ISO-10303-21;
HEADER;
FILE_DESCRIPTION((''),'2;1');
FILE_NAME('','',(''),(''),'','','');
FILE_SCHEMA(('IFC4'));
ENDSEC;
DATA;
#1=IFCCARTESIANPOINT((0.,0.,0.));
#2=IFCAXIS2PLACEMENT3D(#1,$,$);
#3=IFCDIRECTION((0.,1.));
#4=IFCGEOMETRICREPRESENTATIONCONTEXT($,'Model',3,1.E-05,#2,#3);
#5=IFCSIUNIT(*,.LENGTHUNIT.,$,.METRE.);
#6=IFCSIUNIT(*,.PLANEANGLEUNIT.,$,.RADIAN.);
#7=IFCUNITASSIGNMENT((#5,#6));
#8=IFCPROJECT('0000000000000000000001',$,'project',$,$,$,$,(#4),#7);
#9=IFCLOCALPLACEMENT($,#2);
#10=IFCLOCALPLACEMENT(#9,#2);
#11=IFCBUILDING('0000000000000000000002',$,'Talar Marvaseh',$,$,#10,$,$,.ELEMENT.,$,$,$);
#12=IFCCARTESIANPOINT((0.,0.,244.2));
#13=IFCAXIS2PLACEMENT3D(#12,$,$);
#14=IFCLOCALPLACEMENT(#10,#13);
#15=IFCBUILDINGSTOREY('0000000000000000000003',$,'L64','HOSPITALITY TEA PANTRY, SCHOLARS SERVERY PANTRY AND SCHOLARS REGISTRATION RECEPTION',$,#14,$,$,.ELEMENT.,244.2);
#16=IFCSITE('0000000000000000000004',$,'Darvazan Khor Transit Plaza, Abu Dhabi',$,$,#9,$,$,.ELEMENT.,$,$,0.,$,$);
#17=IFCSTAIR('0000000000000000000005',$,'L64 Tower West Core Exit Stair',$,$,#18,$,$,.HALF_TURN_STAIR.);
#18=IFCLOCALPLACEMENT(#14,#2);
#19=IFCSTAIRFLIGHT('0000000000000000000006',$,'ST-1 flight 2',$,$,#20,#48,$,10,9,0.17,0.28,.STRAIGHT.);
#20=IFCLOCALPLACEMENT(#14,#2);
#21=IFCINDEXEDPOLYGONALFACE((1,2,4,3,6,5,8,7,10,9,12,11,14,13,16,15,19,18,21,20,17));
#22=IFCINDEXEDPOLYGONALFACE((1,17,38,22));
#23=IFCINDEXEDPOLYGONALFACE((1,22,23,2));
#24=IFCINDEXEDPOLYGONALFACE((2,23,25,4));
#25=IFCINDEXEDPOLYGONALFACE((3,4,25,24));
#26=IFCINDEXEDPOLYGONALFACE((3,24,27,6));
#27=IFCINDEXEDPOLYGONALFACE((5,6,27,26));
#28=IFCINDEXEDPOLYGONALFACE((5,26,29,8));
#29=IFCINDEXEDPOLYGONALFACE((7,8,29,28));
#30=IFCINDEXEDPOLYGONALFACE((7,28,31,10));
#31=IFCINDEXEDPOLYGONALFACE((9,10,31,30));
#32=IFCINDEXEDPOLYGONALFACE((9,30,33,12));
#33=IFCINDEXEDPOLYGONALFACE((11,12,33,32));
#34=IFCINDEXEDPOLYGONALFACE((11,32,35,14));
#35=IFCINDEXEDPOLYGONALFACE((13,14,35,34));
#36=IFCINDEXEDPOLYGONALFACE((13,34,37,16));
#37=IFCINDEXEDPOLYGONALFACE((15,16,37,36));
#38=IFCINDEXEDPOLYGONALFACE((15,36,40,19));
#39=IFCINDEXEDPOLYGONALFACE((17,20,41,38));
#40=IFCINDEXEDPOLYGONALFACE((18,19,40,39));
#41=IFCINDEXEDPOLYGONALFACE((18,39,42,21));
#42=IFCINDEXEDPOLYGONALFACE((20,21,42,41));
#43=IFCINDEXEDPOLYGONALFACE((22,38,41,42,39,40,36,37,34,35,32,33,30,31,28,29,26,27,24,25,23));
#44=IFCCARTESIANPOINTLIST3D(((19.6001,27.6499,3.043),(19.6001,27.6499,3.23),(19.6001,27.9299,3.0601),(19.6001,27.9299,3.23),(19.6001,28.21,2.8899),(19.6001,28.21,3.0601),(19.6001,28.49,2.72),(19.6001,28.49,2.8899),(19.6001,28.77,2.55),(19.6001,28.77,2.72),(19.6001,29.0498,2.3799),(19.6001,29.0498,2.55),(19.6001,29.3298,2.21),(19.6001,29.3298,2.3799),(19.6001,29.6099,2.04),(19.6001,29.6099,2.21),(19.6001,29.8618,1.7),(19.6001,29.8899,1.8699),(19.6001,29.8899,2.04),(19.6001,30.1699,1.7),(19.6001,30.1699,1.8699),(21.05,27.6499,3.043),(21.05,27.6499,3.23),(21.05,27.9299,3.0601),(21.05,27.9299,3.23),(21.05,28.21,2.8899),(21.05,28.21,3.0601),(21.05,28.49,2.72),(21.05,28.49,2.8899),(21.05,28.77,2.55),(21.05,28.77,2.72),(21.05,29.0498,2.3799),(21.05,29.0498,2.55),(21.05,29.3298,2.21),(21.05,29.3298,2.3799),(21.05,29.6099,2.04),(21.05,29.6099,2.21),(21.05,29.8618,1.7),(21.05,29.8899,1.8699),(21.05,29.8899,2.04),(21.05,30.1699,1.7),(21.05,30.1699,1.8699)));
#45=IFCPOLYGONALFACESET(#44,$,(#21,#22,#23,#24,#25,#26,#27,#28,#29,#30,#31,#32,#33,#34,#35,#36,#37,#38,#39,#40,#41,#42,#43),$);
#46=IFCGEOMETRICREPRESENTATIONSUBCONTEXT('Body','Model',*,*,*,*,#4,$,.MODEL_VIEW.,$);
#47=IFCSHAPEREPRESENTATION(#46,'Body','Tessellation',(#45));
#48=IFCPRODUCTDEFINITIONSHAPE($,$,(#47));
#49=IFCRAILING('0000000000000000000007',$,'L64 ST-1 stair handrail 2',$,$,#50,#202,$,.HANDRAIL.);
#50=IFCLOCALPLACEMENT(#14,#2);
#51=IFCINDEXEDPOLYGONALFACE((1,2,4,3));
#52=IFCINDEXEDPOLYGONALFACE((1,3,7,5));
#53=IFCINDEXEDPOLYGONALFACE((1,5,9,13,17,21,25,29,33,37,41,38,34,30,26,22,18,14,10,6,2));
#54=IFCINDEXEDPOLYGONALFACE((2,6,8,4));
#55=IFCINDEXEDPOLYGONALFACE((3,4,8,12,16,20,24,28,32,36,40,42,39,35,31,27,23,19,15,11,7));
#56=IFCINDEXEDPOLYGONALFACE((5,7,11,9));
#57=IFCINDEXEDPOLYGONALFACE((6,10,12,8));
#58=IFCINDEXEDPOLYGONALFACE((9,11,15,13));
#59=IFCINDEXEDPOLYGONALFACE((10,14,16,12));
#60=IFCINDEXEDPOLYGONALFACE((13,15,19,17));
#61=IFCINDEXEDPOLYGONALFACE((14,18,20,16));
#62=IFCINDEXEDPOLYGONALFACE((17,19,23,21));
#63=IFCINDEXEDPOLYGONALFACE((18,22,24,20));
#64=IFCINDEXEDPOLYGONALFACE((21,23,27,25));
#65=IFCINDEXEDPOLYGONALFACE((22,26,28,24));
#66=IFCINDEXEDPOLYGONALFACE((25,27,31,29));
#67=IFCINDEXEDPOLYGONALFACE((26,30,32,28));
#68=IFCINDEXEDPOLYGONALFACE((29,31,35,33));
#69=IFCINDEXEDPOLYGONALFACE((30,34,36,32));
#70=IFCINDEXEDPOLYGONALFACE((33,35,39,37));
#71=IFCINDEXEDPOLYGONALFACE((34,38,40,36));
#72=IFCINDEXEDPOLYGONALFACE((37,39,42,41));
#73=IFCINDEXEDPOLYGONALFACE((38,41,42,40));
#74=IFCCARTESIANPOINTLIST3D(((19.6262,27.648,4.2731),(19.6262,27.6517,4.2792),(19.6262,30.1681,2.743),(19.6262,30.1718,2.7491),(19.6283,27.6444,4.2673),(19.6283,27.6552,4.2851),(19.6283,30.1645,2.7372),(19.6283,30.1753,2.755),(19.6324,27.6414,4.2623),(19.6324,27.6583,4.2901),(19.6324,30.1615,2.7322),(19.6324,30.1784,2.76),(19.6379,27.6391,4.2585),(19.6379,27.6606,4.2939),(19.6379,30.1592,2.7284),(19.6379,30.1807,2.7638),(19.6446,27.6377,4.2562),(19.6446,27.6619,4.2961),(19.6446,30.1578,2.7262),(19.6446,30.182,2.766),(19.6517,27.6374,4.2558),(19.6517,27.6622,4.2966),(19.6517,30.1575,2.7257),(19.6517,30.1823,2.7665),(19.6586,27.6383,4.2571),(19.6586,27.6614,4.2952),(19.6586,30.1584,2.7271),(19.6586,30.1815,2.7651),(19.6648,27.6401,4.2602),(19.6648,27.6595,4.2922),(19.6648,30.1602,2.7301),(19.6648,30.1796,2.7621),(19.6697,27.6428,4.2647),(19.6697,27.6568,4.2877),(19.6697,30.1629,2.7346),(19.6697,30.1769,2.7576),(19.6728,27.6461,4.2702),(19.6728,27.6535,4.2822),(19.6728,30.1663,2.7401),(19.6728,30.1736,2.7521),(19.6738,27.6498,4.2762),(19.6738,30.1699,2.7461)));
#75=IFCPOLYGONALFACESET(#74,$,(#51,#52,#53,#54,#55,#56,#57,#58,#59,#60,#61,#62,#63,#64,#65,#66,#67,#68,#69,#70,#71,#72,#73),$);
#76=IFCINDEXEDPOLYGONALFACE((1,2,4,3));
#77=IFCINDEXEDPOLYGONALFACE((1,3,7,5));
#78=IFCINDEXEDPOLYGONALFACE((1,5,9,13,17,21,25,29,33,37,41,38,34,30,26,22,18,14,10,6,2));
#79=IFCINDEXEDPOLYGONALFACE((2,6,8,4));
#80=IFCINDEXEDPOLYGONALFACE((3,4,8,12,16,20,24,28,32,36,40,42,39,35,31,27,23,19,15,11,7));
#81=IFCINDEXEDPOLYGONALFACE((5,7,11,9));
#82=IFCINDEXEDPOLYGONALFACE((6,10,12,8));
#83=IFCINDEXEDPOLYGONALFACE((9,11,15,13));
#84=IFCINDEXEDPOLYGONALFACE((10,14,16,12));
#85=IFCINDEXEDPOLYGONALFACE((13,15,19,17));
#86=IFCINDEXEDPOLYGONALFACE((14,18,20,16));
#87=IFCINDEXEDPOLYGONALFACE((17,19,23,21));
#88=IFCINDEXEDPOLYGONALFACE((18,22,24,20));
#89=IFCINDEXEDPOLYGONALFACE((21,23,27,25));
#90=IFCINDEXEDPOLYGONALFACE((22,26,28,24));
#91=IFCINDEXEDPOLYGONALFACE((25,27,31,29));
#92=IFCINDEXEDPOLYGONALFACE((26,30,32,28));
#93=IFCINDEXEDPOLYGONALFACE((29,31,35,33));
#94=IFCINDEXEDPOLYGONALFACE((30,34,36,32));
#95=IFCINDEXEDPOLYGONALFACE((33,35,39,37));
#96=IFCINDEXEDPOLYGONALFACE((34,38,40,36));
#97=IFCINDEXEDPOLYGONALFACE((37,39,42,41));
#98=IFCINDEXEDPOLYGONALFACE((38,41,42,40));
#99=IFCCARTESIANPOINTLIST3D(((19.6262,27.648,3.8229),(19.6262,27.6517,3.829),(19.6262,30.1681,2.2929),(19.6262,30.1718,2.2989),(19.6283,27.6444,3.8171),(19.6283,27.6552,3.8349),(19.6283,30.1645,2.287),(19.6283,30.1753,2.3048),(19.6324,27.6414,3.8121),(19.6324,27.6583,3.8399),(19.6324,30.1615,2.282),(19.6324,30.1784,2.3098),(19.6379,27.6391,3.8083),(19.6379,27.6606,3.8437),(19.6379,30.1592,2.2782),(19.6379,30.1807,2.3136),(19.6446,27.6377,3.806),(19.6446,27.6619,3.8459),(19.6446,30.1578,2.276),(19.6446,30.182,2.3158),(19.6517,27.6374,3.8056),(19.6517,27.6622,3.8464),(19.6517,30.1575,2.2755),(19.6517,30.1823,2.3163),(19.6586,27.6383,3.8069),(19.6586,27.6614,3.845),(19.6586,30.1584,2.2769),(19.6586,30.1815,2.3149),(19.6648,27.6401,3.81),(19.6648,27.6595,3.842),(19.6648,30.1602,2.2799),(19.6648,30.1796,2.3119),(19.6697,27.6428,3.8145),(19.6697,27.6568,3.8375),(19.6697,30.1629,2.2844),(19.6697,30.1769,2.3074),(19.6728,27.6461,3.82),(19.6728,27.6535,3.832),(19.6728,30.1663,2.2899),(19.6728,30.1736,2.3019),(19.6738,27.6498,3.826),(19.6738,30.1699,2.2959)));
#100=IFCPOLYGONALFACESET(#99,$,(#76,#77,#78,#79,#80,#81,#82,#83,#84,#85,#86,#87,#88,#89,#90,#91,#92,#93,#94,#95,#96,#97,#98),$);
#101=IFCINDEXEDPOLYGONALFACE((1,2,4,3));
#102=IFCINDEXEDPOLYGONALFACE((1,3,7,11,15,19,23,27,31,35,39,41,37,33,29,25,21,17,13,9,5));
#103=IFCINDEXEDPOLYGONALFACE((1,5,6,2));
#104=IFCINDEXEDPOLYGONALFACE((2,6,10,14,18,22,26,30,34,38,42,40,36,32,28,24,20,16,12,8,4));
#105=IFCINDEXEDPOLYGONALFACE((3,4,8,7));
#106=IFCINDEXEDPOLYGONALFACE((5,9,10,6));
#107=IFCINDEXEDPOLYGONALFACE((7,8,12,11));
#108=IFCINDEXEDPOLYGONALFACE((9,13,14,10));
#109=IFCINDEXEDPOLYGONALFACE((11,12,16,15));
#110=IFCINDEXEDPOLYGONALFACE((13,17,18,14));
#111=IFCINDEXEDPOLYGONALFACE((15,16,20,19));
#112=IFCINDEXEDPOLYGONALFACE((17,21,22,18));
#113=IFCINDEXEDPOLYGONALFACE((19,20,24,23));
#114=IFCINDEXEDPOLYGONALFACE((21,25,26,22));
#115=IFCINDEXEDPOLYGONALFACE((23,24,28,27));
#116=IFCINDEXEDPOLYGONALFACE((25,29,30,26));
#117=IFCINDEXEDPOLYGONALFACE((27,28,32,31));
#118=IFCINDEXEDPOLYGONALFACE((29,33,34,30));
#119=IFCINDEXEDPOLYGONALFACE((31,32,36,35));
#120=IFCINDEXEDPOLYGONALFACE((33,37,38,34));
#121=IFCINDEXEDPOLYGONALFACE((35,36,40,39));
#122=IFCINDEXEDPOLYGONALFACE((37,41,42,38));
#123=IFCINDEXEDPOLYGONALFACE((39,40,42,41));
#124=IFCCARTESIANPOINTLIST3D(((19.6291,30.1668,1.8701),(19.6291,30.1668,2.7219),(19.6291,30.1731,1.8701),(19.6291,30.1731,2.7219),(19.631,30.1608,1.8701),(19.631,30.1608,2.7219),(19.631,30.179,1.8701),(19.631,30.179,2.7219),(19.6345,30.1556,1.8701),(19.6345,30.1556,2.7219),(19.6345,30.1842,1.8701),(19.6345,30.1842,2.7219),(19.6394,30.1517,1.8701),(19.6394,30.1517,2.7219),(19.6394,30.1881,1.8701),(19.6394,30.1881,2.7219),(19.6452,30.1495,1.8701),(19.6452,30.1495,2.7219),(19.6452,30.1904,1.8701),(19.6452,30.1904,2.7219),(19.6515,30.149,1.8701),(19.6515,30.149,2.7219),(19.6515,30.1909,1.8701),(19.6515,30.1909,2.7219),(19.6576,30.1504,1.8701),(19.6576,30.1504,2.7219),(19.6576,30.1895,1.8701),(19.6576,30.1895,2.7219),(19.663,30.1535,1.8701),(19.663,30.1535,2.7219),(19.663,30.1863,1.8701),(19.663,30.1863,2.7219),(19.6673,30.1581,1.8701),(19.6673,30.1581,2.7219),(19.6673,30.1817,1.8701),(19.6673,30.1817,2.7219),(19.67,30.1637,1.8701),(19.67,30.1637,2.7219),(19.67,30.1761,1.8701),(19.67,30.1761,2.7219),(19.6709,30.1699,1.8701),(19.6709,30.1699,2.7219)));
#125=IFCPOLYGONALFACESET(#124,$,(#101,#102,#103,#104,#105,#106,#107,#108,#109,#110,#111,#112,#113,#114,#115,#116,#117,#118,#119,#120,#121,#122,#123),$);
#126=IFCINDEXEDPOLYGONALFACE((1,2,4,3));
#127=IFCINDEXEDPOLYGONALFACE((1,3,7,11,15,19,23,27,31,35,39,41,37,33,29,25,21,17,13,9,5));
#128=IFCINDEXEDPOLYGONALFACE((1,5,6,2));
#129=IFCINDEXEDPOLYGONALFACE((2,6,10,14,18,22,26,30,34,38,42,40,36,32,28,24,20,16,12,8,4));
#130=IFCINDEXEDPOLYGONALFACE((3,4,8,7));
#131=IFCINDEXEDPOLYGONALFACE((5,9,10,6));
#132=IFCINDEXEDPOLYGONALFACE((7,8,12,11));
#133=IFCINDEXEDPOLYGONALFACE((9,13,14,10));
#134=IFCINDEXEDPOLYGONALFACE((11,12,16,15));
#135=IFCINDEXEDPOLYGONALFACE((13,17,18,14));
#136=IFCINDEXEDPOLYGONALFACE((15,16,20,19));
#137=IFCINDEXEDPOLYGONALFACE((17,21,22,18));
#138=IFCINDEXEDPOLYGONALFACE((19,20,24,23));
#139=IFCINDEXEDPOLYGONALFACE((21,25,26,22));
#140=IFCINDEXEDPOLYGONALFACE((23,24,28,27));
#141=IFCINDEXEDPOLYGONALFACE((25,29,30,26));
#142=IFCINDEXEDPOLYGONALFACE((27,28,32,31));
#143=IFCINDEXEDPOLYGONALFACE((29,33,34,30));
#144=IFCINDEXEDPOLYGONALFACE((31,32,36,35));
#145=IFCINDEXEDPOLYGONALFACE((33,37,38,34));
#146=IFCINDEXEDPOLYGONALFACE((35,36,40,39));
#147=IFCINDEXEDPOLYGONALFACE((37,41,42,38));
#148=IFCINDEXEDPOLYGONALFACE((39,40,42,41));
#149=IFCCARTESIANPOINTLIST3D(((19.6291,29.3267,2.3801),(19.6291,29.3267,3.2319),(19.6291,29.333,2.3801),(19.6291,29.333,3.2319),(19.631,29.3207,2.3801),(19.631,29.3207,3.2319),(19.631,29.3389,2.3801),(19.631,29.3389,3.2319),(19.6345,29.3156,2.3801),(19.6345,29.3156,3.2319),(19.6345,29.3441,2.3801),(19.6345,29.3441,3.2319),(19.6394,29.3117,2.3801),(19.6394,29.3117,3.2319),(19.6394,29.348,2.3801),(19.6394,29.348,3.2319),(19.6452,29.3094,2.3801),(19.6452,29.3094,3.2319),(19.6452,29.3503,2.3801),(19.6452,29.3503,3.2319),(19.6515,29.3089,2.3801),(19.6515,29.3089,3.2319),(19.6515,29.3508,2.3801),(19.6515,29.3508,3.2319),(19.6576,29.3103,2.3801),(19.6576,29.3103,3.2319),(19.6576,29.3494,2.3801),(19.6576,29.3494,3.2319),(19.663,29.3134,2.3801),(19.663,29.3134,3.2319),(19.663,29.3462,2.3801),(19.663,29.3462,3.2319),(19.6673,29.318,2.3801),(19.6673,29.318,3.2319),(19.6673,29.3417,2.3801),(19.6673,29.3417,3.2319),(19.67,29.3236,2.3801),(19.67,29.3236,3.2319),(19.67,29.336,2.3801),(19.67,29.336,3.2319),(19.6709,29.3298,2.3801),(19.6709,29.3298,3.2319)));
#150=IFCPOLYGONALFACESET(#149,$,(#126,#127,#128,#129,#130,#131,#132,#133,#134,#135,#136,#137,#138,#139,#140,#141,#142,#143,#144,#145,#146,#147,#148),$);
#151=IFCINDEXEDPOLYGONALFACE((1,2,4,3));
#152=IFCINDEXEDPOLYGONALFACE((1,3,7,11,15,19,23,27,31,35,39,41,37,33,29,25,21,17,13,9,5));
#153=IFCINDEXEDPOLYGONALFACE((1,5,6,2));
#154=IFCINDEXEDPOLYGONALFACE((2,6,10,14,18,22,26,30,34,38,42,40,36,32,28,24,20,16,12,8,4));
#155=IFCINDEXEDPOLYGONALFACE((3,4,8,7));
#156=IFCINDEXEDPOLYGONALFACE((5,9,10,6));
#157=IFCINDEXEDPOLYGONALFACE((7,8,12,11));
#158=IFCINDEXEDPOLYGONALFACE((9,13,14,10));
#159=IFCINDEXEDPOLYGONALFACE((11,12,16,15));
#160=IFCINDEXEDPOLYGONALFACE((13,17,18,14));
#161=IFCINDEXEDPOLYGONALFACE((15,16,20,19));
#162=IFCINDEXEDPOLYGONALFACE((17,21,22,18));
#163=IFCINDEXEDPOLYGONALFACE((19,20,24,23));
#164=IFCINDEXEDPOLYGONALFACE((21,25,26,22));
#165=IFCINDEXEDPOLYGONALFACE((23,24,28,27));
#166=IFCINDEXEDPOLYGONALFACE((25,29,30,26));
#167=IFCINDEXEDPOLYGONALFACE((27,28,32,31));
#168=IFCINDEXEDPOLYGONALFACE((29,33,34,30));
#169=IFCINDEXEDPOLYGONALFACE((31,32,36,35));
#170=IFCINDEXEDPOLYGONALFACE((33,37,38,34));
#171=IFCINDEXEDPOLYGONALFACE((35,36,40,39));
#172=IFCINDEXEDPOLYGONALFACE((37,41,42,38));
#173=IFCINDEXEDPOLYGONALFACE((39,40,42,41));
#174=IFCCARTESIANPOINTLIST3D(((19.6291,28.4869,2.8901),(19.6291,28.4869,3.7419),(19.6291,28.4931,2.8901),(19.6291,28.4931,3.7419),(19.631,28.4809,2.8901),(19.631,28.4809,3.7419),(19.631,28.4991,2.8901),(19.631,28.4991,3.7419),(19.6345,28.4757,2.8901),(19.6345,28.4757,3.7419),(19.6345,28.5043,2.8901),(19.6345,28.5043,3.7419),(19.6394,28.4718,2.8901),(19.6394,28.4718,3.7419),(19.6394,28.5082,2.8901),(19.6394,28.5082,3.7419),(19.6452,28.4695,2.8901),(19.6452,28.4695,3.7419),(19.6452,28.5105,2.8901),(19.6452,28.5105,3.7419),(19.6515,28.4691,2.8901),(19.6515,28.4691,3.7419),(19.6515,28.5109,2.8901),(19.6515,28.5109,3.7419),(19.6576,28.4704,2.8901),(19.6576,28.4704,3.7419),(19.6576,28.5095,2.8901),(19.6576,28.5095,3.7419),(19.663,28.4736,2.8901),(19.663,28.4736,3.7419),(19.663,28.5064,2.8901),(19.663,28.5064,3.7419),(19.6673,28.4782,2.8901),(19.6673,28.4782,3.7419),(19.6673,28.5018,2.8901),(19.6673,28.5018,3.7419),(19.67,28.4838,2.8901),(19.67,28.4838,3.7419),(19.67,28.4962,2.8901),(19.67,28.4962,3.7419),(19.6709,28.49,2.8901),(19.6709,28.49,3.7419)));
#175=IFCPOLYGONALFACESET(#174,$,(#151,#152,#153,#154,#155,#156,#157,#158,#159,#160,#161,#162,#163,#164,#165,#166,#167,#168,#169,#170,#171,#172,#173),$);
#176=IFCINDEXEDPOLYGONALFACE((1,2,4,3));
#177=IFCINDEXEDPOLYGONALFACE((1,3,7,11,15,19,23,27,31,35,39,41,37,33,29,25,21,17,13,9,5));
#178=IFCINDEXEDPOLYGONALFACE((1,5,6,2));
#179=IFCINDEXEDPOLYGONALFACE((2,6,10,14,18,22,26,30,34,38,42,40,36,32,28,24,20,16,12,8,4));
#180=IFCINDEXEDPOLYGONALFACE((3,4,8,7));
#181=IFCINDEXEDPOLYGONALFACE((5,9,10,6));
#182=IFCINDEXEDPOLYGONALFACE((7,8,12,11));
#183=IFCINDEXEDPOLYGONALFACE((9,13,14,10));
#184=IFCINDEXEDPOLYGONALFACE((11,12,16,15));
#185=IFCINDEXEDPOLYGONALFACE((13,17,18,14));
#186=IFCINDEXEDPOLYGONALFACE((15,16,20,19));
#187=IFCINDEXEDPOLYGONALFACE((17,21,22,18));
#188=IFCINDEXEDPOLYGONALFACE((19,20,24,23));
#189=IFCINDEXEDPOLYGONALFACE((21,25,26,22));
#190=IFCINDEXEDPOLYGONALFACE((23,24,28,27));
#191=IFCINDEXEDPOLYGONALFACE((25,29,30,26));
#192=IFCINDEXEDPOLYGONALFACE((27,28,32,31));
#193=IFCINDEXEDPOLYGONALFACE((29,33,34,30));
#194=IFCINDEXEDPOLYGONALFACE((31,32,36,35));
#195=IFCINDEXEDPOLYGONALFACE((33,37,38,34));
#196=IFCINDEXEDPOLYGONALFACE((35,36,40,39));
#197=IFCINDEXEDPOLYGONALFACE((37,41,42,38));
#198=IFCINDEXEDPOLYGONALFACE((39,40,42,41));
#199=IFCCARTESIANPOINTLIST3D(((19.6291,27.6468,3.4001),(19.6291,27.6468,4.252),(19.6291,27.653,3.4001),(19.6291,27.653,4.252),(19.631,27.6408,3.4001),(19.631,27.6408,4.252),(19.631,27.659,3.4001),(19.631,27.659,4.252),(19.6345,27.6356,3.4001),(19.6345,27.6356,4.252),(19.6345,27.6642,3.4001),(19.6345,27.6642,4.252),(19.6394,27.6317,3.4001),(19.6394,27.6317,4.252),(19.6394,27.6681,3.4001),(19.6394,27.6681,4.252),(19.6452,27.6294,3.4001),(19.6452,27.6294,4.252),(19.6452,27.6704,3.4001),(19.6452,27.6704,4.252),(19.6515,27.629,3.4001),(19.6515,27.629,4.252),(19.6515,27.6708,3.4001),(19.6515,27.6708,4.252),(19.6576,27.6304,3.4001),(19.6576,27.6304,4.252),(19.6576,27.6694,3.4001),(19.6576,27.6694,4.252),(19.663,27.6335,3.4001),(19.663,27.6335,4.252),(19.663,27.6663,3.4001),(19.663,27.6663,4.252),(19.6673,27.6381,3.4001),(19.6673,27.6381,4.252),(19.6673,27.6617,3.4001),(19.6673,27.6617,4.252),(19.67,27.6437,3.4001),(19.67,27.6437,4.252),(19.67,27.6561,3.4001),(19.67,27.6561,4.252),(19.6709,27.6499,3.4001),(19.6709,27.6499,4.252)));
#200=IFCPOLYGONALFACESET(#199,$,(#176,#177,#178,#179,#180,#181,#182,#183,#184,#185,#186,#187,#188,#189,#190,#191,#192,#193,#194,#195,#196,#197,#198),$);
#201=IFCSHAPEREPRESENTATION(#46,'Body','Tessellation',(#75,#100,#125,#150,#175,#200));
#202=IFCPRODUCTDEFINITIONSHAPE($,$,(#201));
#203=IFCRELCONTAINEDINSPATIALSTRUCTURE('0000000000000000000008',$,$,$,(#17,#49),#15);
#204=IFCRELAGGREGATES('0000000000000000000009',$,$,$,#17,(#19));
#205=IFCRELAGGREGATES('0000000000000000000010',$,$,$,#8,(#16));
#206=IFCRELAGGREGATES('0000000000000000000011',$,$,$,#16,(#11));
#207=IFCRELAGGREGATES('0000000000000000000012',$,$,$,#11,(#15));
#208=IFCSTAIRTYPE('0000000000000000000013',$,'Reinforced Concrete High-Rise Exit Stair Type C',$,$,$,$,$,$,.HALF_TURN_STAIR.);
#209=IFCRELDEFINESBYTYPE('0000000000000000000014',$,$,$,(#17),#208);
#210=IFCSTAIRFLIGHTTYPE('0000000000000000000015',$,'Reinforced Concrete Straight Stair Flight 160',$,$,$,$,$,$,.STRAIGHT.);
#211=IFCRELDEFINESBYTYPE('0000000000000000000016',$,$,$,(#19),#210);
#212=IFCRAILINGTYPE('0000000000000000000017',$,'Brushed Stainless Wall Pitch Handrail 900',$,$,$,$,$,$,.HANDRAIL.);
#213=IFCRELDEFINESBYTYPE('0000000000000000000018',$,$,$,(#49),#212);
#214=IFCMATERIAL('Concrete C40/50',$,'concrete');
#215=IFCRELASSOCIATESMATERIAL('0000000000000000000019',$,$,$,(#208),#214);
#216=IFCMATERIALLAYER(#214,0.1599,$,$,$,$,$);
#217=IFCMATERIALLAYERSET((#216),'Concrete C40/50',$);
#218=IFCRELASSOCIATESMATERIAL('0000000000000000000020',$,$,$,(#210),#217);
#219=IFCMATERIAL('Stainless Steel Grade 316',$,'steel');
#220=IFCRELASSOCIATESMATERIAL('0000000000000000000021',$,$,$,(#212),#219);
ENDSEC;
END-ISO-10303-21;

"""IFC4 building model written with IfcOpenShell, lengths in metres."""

from ifc_helpers import new_model, si_unit, direction, frame, origin, origin_2d, place, context, subcontext, project, spatial, polyline, circle, outline, extrude, material, layer, layer_set, type_object, element, aggregate, save


model = new_model("IFC4")

# Units and contexts
model_context = context("Model", 3, precision=1e-05, world=origin(), true_north=direction((0.0, 1.0)))
body_context = subcontext(model_context, "Body", "Model", "MODEL_VIEW")
ifc_project = project(units=[si_unit("LENGTHUNIT", "METRE"), si_unit("PLANEANGLEUNIT", "RADIAN")], contexts=[model_context])

# Site, building, storey
site_placement = place(None, origin())
site = spatial("IfcSite", under=ifc_project, at=site_placement, Name="Darvazan Khor Transit Plaza, Abu Dhabi", CompositionType="ELEMENT", RefElevation=0.0)
building_placement = place(site_placement, origin())
building = spatial("IfcBuilding", under=site, at=building_placement, Name="Talar Marvaseh", CompositionType="ELEMENT")
storey_placement = place(building_placement, frame((0.0, 0.0, 244.2)))
storey = spatial("IfcBuildingStorey", under=building, at=storey_placement, Name="L64", Description="HOSPITALITY TEA PANTRY, SCHOLARS SERVERY PANTRY AND SCHOLARS REGISTRATION RECEPTION", CompositionType="ELEMENT", Elevation=244.2)

# Stair, stair flight
ifc_material_1 = material(Name="Concrete C40/50", Category="concrete")
stair_type = type_object("IfcStairType", Name="Reinforced Concrete High-Rise Exit Stair Type C", PredefinedType="HALF_TURN_STAIR", material=ifc_material_1)
stair_placement = place(storey_placement, origin())
stair = element("IfcStair", 1, at=stair_placement, inside=storey, type_object=stair_type, Name="L64 Tower West Core Exit Stair", PredefinedType="HALF_TURN_STAIR")
ifc_layer_1 = layer(ifc_material_1, 0.1599)
ifc_layer_set_1 = layer_set([ifc_layer_1], Name="Concrete C40/50")
stair_flight_type = type_object("IfcStairFlightType", Name="Reinforced Concrete Straight Stair Flight 160", PredefinedType="STRAIGHT", material=ifc_layer_set_1)
stair_flight_1_placement = place(storey_placement, frame((20.325, 30.1699, 1.7), z_axis=(0.0, 0.0, 1.0), x_axis=(0.0, -1.0, 0.0)))
stair_flight_1 = element("IfcStairFlight", 2, at=stair_flight_1_placement, type_object=stair_flight_type, Name="ST-1 flight 2", NumberOfRisers=10, NumberOfTreads=9, PredefinedType="STRAIGHT", RiserHeight=0.17, TreadLength=0.28, context=body_context, shape_type="SweptSolid", body=[
    extrude(outline(polyline([(0.0, 0.0), (0.0, 0.1699), (0.28, 0.1699), (0.28, 0.3401), (0.5601, 0.3401), (0.5601, 0.51), (0.8401, 0.51), (0.8401, 0.6799), (1.1201, 0.6799), (1.1201, 0.8501), (1.3999, 0.8501), (1.3999, 1.02), (1.6799, 1.02), (1.6799, 1.1899), (1.96, 1.1899), (1.96, 1.3601), (2.24, 1.3601), (2.24, 1.53), (2.52, 1.53), (2.52, 1.7), (2.52, 1.343), (0.3081, 0.0), (0.0, 0.0)])), frame((0.0, 0.7251, 0.0), z_axis=(0.0, -1.0, 0.0), x_axis=(1.0, 0.0, 0.0)), (0.0, 0.0, 1.0), 1.45),
])
aggregate(stair, [stair_flight_1])

# Railing
ifc_material_2 = material(Name="Stainless Steel Grade 316", Category="steel")
railing_type_1 = type_object("IfcRailingType", Name="Brushed Stainless Wall Pitch Handrail 900", PredefinedType="HANDRAIL", material=ifc_material_2)
railing_1_placement = place(storey_placement, frame((19.6499, 30.1699, 1.8701)))
element("IfcRailing", 3, at=railing_1_placement, inside=storey, type_object=railing_type_1, Name="L64 ST-1 stair handrail 2", PredefinedType="HANDRAIL", context=body_context, shape_type="SweptSolid", body=[
    extrude(circle(Radius=0.0239, at=origin_2d()), frame((0.0, 0.0, 0.876), z_axis=(0.0, -0.854785, 0.518982), x_axis=(1.0, 0.0, 0.0)), (0.0, 0.0, 1.0), 2.9482),
    extrude(circle(Radius=0.0239, at=origin_2d()), frame((0.0, 0.0, 0.4258), z_axis=(0.0, -0.854785, 0.518982), x_axis=(1.0, 0.0, 0.0)), (0.0, 0.0, 1.0), 2.9482),
    extrude(circle(Radius=0.021, at=origin_2d()), origin(), (0.0, 0.0, 1.0), 0.8518),
    extrude(circle(Radius=0.021, at=origin_2d()), frame((0.0, -0.8401, 0.51)), (0.0, 0.0, 1.0), 0.8518),
    extrude(circle(Radius=0.021, at=origin_2d()), frame((0.0, -1.6799, 1.02)), (0.0, 0.0, 1.0), 0.8518),
    extrude(circle(Radius=0.021, at=origin_2d()), frame((0.0, -2.52, 1.53)), (0.0, 0.0, 1.0), 0.8518),
])

save(model, "model.ifc")
